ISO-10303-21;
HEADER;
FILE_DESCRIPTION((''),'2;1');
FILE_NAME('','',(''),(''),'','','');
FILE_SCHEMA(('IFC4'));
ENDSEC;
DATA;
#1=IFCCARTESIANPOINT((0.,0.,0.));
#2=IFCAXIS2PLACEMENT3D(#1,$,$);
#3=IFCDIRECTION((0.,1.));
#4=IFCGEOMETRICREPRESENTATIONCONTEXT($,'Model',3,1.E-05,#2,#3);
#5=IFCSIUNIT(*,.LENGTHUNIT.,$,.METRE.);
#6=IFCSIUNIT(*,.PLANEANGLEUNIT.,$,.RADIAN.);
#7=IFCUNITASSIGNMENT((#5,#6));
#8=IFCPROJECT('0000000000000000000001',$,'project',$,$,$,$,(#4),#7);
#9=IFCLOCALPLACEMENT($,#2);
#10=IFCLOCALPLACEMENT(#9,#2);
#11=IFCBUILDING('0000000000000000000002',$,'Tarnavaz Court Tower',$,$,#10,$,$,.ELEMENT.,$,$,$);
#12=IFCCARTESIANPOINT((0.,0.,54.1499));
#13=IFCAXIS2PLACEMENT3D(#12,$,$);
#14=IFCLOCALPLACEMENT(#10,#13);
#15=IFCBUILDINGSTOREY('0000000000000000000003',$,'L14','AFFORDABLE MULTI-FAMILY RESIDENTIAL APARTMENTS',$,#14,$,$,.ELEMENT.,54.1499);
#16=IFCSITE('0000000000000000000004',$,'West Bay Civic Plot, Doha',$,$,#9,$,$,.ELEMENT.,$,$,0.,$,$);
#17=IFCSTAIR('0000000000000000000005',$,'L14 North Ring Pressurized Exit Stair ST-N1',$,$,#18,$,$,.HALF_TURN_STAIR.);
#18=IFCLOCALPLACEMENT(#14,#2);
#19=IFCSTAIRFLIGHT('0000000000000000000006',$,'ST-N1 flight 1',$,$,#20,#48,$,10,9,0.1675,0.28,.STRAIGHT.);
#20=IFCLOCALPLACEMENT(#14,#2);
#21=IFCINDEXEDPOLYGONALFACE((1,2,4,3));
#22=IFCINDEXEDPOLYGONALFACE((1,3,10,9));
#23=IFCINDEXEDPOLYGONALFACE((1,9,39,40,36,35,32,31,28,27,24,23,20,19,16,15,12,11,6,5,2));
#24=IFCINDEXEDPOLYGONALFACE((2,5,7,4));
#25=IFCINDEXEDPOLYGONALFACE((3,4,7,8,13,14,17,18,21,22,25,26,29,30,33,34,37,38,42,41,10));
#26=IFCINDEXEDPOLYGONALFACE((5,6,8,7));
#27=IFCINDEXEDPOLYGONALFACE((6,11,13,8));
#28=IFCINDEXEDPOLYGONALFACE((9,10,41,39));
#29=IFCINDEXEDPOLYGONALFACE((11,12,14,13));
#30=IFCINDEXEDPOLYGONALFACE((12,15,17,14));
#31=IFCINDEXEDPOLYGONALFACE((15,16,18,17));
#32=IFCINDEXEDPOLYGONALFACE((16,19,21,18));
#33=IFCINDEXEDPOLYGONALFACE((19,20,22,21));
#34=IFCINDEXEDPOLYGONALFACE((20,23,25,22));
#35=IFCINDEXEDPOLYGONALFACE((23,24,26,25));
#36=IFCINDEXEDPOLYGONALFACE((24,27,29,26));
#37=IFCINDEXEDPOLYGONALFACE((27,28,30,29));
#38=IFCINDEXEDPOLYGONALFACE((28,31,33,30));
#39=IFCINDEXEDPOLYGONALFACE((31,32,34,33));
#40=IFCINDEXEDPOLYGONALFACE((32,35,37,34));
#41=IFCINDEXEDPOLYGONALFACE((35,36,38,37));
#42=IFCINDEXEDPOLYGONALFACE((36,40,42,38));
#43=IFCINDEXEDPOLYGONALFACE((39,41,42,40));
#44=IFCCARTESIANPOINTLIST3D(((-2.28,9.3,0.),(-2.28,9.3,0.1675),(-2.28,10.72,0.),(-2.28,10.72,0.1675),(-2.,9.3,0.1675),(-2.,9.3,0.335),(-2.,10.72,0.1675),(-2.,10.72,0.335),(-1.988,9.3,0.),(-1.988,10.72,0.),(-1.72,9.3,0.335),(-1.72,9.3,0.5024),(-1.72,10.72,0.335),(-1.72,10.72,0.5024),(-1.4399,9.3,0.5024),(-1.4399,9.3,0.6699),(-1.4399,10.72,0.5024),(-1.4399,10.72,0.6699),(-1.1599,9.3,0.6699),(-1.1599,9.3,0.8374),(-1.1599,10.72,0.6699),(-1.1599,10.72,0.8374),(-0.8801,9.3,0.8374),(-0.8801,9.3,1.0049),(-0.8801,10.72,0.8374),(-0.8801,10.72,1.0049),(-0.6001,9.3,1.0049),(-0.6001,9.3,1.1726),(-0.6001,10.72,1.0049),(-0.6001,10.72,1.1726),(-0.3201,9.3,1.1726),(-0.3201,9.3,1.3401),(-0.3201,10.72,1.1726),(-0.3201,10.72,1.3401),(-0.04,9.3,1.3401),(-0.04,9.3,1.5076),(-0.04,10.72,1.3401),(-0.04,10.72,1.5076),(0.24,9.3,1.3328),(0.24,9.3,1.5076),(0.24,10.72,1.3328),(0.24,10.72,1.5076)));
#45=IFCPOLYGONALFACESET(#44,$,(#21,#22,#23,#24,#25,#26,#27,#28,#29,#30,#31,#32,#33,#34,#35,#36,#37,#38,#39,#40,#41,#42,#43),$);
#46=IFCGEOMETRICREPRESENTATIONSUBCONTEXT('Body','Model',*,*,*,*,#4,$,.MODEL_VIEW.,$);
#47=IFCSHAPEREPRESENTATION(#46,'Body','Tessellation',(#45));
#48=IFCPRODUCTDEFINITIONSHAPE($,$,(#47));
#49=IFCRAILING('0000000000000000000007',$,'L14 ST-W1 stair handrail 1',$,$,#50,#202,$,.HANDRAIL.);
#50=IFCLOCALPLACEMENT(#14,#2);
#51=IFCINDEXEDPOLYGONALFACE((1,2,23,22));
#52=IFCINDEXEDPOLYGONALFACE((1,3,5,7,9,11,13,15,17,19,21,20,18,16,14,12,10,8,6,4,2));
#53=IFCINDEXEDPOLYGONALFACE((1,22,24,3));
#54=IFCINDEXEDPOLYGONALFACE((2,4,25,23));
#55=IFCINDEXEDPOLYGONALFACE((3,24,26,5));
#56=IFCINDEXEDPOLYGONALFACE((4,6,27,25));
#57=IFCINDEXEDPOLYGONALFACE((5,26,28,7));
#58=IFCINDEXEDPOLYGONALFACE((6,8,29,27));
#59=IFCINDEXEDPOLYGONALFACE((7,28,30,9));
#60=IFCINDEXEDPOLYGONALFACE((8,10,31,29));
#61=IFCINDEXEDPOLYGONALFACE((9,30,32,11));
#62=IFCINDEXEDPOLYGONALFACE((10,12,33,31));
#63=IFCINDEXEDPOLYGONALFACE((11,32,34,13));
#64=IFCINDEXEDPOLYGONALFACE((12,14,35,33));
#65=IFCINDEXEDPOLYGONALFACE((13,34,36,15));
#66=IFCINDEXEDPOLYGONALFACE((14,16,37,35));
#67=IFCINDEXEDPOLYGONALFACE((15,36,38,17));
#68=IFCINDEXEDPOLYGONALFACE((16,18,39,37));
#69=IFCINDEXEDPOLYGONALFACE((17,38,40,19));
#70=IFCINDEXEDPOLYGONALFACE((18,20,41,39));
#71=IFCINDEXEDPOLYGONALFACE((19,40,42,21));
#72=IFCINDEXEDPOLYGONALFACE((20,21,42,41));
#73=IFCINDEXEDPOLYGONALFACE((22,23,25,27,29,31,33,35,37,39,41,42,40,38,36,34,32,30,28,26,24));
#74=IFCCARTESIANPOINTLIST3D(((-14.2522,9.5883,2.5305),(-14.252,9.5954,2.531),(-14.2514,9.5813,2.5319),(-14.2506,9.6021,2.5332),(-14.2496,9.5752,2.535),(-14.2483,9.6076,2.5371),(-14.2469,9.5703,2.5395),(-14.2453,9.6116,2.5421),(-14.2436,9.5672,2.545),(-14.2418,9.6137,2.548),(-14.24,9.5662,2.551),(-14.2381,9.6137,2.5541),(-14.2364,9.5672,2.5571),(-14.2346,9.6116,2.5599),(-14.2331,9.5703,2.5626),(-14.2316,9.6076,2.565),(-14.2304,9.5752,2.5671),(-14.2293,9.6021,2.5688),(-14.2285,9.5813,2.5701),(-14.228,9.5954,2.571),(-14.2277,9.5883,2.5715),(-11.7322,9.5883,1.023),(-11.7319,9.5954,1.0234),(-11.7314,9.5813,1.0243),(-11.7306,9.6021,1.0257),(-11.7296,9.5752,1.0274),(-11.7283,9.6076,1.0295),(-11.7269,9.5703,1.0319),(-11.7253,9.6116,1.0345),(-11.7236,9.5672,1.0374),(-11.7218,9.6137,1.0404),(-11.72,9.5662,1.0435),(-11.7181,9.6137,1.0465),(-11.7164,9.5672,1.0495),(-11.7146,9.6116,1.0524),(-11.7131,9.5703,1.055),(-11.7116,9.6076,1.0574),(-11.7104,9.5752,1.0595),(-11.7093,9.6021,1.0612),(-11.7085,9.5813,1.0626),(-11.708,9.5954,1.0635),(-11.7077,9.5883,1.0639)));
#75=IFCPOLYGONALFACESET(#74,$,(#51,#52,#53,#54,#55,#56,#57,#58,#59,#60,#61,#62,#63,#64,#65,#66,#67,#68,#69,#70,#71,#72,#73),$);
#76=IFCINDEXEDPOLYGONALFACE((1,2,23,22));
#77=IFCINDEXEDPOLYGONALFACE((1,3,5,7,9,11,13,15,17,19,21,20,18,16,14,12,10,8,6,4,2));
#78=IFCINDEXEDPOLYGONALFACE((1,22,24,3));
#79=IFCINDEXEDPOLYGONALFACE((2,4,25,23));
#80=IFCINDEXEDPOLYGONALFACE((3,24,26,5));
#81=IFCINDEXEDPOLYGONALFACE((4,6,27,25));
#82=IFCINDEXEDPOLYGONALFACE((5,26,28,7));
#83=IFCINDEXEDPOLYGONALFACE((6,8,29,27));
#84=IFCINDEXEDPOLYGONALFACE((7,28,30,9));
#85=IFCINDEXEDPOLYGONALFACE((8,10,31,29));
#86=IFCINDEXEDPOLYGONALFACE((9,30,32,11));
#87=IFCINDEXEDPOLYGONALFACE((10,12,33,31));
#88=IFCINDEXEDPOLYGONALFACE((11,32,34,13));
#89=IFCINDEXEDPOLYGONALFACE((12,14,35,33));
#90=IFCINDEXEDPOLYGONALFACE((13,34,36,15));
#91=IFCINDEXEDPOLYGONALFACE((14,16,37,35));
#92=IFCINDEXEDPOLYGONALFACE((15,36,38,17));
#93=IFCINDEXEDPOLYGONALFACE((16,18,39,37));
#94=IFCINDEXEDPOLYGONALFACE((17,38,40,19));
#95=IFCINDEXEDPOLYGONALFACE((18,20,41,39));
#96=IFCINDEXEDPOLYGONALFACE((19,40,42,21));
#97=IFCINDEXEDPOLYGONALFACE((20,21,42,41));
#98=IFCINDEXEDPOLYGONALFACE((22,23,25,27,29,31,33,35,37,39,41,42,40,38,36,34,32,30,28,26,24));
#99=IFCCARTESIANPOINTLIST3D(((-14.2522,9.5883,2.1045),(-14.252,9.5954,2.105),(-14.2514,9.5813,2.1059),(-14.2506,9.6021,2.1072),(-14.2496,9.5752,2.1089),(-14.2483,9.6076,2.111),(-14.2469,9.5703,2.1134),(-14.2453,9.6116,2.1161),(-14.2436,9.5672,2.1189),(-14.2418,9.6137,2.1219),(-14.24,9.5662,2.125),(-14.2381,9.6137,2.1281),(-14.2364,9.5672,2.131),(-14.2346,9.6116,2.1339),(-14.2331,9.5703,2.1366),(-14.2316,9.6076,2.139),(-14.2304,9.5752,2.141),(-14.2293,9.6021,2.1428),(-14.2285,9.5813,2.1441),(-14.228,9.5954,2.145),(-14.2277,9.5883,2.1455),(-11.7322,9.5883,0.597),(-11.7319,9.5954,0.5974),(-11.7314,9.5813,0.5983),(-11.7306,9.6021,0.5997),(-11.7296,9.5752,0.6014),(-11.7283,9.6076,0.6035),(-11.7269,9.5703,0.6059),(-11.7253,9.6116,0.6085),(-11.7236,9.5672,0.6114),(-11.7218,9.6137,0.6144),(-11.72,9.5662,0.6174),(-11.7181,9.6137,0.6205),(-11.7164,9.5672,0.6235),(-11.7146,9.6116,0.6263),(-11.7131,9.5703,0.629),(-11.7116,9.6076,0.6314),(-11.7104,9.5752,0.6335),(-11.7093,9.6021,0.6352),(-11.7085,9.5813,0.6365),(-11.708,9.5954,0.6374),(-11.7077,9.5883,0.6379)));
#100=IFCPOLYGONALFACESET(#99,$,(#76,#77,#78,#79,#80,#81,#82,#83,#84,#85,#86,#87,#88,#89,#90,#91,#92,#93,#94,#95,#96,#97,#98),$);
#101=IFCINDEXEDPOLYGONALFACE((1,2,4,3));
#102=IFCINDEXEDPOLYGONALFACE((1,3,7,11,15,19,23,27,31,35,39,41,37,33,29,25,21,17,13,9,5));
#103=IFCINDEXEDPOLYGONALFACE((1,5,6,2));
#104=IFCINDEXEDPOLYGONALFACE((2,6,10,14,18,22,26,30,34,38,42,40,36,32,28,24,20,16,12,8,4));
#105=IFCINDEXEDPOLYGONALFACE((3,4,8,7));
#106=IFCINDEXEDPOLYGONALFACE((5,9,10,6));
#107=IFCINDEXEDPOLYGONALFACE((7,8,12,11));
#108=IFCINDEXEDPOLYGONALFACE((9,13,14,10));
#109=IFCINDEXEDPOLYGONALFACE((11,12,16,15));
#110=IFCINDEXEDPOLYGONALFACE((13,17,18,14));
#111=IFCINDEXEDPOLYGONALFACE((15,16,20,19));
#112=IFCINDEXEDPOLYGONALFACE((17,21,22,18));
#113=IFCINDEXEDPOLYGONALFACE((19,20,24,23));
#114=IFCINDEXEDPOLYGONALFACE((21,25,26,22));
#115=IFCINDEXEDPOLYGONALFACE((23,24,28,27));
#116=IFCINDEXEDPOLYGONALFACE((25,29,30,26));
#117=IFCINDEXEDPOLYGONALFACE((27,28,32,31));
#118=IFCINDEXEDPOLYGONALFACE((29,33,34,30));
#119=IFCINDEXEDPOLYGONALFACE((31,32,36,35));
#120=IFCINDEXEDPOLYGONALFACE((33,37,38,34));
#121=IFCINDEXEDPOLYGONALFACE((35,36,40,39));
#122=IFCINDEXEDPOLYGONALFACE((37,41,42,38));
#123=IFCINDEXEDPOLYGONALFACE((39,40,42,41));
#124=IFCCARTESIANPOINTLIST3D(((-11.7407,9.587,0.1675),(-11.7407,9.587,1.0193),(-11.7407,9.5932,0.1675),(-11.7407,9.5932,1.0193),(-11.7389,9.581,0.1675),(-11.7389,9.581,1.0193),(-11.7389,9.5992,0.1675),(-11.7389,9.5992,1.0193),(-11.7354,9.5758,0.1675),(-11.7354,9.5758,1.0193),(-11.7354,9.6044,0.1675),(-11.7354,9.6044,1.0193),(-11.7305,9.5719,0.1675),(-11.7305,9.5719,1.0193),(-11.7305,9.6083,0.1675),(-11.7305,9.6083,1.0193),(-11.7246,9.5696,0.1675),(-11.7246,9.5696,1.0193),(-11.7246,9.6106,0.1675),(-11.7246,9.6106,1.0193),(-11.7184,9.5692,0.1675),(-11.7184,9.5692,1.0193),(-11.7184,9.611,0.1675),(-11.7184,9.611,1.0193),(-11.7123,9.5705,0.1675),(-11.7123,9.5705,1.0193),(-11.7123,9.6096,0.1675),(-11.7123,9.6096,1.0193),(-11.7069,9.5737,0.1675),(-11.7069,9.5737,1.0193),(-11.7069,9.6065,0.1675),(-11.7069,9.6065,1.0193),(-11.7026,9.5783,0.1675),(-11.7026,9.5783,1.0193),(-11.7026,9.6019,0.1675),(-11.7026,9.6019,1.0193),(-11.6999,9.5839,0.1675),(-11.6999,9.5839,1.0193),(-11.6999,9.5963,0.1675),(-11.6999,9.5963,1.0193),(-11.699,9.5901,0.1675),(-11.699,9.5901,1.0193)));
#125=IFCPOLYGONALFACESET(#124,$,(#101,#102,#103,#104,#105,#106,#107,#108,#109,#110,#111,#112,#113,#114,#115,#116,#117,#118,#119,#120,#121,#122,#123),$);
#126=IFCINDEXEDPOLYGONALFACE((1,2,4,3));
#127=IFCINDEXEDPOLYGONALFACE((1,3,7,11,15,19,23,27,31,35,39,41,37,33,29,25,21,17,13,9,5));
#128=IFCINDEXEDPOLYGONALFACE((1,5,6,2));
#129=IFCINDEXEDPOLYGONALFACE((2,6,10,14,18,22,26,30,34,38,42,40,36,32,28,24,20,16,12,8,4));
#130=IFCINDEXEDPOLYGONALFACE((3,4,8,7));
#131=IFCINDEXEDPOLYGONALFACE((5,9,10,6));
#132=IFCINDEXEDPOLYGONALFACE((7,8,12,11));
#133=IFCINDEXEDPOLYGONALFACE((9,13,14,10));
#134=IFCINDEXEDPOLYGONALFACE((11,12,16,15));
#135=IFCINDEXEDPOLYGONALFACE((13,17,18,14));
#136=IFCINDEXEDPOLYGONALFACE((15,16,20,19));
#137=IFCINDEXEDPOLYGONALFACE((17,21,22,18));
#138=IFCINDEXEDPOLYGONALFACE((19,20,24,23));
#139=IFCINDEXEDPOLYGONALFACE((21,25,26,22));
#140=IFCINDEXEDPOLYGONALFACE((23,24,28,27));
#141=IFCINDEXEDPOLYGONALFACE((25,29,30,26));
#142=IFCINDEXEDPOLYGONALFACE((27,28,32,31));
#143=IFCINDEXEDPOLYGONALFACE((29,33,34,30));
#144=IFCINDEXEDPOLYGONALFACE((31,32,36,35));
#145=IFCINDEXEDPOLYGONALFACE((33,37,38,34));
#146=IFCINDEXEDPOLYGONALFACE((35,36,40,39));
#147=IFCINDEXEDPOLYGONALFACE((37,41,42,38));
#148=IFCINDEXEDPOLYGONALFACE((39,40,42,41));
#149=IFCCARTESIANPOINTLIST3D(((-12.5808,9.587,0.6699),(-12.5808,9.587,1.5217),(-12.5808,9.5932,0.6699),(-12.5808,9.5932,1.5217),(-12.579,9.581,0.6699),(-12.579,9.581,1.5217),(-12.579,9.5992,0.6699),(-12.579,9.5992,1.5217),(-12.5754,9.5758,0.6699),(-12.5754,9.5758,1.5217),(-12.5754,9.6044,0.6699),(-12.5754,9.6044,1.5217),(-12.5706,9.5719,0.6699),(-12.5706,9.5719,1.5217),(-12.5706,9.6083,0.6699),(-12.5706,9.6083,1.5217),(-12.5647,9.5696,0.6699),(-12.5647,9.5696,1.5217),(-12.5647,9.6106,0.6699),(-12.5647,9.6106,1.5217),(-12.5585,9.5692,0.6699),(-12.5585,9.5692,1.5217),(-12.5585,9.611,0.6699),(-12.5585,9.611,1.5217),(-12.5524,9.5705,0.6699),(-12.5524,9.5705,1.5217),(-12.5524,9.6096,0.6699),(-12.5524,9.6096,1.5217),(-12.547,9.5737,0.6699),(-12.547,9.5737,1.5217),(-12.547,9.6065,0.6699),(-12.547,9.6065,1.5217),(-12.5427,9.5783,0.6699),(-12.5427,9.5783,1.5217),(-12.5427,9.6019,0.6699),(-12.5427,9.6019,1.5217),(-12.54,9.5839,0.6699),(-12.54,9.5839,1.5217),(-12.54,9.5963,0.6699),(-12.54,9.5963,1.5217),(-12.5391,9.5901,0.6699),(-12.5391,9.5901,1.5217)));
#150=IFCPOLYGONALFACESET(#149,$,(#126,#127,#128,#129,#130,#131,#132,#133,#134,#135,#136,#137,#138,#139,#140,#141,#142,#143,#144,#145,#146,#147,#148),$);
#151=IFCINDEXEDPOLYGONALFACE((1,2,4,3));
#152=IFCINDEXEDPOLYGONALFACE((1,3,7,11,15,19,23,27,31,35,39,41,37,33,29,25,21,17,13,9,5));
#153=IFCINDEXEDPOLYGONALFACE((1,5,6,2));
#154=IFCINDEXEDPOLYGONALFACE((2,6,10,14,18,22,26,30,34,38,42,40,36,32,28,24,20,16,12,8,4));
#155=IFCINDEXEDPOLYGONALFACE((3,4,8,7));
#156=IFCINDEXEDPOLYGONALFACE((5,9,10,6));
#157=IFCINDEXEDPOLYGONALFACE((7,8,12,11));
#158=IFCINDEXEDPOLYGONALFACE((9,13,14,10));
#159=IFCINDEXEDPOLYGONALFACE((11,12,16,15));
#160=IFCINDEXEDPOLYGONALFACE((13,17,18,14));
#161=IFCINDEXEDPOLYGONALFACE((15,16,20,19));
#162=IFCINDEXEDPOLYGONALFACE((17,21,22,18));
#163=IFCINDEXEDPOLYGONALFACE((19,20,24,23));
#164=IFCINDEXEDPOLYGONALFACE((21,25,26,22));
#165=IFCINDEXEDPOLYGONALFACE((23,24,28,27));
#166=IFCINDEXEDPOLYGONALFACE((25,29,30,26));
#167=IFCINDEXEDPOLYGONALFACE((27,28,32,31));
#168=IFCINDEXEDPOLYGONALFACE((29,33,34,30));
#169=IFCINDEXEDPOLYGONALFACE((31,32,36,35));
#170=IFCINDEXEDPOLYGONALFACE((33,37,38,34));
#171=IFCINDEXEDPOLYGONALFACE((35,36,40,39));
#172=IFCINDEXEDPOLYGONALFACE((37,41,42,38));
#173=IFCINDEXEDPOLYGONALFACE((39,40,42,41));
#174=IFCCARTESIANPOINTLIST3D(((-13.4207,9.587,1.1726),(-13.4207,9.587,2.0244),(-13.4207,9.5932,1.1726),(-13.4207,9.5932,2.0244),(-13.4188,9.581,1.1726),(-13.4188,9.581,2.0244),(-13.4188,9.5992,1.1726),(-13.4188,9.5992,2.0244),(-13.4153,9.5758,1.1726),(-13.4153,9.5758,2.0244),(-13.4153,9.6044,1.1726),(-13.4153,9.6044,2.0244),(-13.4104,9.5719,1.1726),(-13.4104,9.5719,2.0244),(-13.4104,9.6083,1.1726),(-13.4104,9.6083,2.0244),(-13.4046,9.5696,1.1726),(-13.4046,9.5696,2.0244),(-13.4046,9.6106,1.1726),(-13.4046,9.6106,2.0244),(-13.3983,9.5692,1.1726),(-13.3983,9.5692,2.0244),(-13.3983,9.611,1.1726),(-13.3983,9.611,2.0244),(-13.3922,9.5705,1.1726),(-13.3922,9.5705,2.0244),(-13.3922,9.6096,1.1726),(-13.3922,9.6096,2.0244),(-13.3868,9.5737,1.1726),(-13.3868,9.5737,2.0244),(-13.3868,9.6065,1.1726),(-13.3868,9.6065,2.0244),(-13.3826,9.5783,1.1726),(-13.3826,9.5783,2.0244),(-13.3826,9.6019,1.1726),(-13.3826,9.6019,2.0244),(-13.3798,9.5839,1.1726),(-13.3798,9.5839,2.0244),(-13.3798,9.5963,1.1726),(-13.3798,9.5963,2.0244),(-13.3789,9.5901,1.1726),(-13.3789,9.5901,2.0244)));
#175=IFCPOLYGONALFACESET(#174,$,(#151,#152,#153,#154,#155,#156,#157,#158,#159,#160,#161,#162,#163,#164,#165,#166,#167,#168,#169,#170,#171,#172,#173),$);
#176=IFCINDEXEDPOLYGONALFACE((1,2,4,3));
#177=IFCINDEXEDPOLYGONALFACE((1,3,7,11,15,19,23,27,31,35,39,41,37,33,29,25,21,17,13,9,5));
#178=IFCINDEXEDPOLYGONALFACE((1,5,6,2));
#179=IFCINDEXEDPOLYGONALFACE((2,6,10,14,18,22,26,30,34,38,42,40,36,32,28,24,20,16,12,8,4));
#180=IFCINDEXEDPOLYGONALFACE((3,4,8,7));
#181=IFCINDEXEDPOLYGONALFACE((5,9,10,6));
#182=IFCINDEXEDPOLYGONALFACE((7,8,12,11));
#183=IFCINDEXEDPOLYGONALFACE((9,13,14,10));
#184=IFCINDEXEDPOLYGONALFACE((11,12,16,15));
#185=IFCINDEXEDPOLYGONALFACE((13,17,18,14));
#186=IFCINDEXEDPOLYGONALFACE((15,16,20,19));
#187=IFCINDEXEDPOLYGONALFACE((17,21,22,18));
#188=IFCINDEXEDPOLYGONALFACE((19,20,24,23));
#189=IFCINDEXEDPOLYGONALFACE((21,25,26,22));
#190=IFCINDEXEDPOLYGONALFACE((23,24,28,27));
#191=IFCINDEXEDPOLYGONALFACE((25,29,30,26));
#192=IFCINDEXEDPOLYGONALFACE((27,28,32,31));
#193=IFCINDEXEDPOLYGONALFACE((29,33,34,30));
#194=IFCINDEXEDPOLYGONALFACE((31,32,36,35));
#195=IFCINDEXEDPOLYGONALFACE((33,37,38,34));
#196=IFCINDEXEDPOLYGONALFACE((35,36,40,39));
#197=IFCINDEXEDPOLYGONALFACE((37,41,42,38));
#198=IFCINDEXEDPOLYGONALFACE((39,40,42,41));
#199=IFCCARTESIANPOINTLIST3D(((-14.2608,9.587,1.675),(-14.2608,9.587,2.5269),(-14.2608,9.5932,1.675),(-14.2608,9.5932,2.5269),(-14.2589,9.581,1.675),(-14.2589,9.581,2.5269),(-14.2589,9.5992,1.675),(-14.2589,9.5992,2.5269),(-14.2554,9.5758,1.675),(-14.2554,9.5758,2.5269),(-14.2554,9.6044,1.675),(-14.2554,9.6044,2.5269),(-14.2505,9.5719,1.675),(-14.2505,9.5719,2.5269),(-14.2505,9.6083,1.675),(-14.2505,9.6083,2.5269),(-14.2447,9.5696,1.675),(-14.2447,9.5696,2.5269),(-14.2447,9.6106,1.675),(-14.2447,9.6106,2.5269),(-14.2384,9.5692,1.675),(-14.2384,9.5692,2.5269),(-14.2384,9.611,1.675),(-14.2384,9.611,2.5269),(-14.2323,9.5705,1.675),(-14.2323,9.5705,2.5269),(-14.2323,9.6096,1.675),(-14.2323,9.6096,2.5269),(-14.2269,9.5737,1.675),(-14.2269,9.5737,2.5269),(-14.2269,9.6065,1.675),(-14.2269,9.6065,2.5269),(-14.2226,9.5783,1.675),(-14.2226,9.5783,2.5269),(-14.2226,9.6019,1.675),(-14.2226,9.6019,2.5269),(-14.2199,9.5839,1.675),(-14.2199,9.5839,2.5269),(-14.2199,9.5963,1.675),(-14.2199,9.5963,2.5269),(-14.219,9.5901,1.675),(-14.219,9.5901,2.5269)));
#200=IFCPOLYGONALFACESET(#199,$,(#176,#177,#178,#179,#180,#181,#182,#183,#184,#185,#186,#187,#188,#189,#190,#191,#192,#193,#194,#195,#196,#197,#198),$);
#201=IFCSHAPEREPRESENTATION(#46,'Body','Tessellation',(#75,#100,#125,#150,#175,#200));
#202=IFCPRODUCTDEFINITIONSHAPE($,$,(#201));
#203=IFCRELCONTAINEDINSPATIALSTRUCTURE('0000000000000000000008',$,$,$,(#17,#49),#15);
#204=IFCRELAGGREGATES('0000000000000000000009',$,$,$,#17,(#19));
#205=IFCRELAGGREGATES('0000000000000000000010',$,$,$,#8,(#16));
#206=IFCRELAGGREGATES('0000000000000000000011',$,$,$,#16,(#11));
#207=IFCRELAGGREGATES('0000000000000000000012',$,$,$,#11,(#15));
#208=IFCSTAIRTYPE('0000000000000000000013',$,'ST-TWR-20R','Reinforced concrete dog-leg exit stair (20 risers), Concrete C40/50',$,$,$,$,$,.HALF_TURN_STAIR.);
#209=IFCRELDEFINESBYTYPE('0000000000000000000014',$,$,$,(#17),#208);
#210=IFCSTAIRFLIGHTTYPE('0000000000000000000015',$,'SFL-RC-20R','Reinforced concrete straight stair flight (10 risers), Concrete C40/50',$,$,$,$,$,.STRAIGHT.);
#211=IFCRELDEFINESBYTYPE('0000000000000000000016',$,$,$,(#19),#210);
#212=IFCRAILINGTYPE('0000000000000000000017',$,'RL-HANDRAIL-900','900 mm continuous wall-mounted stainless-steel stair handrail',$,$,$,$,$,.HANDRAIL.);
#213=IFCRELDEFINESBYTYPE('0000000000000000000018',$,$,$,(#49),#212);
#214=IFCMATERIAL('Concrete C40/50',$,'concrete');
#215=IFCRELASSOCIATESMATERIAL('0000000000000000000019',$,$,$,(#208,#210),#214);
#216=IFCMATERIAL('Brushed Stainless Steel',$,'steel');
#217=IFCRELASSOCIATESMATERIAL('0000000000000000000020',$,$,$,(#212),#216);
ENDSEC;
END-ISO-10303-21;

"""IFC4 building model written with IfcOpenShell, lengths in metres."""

from ifc_helpers import new_model, si_unit, direction, frame, origin, origin_2d, place, context, subcontext, project, spatial, polyline, circle, outline, extrude, material, type_object, element, aggregate, save


model = new_model("IFC4")

# Units and contexts
model_context = context("Model", 3, precision=1e-05, world=origin(), true_north=direction((0.0, 1.0)))
body_context = subcontext(model_context, "Body", "Model", "MODEL_VIEW")
ifc_project = project(units=[si_unit("LENGTHUNIT", "METRE"), si_unit("PLANEANGLEUNIT", "RADIAN")], contexts=[model_context])

# Site, building, storey
site_placement = place(None, origin())
site = spatial("IfcSite", under=ifc_project, at=site_placement, Name="West Bay Civic Plot, Doha", CompositionType="ELEMENT", RefElevation=0.0)
building_placement = place(site_placement, origin())
building = spatial("IfcBuilding", under=site, at=building_placement, Name="Tarnavaz Court Tower", CompositionType="ELEMENT")
storey_placement = place(building_placement, frame((0.0, 0.0, 54.1499)))
storey = spatial("IfcBuildingStorey", under=building, at=storey_placement, Name="L14", Description="AFFORDABLE MULTI-FAMILY RESIDENTIAL APARTMENTS", CompositionType="ELEMENT", Elevation=54.1499)

# Shared definitions
ifc_material_1 = material(Name="Concrete C40/50", Category="concrete")
stair_type = type_object("IfcStairType", Name="ST-TWR-20R", Description="Reinforced concrete dog-leg exit stair (20 risers), Concrete C40/50", PredefinedType="HALF_TURN_STAIR", material=ifc_material_1)
stair_flight_type = type_object("IfcStairFlightType", Name="SFL-RC-20R", Description="Reinforced concrete straight stair flight (10 risers), Concrete C40/50", PredefinedType="STRAIGHT", material=ifc_material_1)

# Stair, stair flight
stair_1_placement = place(storey_placement, origin())
stair_1 = element("IfcStair", 1, at=stair_1_placement, inside=storey, type_object=stair_type, Name="L14 North Ring Pressurized Exit Stair ST-N1", PredefinedType="HALF_TURN_STAIR")
stair_flight_1_placement = place(storey_placement, frame((-2.28, 10.01, 0.0), z_axis=(0.0, 0.0, 1.0), x_axis=(1.0, 0.0, 0.0)))
stair_flight_1 = element("IfcStairFlight", 2, at=stair_flight_1_placement, type_object=stair_flight_type, Name="ST-N1 flight 1", NumberOfRisers=10, NumberOfTreads=9, PredefinedType="STRAIGHT", RiserHeight=0.1675, TreadLength=0.28, context=body_context, shape_type="SweptSolid", body=[
    extrude(outline(polyline([(0.0, 0.0), (0.0, 0.1675), (0.28, 0.1675), (0.28, 0.335), (0.5601, 0.335), (0.5601, 0.5024), (0.8401, 0.5024), (0.8401, 0.6699), (1.1201, 0.6699), (1.1201, 0.8374), (1.3999, 0.8374), (1.3999, 1.0049), (1.6799, 1.0049), (1.6799, 1.1726), (1.96, 1.1726), (1.96, 1.3401), (2.24, 1.3401), (2.24, 1.5076), (2.52, 1.5076), (2.52, 1.675), (2.52, 1.3328), (0.292, 0.0), (0.0, 0.0)])), frame((0.0, 0.71, 0.0), z_axis=(0.0, -1.0, 0.0), x_axis=(1.0, 0.0, 0.0)), (0.0, 0.0, 1.0), 1.4199),
])
aggregate(stair_1, [stair_flight_1])

# Railing
ifc_material_2 = material(Name="Brushed Stainless Steel", Category="steel")
railing_type_1 = type_object("IfcRailingType", Name="RL-HANDRAIL-900", Description="900 mm continuous wall-mounted stainless-steel stair handrail", PredefinedType="HANDRAIL", material=ifc_material_2)
railing_1_placement = place(storey_placement, frame((-11.72, 9.5901, 0.1675)))
element("IfcRailing", 3, at=railing_1_placement, inside=storey, type_object=railing_type_1, Name="L14 ST-W1 stair handrail 1", PredefinedType="HANDRAIL", context=body_context, shape_type="SweptSolid", body=[
    extrude(circle(Radius=0.0239, at=origin_2d()), frame((0.0, 0.0, 0.876), z_axis=(-0.85816, 0.0, 0.513383), x_axis=(0.0, -1.0, 0.0)), (0.0, 0.0, 1.0), 2.9365),
    extrude(circle(Radius=0.0239, at=origin_2d()), frame((0.0, 0.0, 0.45), z_axis=(-0.85816, 0.0, 0.513383), x_axis=(0.0, -1.0, 0.0)), (0.0, 0.0, 1.0), 2.9365),
    extrude(circle(Radius=0.021, at=origin_2d()), origin(), (0.0, 0.0, 1.0), 0.8518),
    extrude(circle(Radius=0.021, at=origin_2d()), frame((-0.8401, 0.0, 0.5024)), (0.0, 0.0, 1.0), 0.8518),
    extrude(circle(Radius=0.021, at=origin_2d()), frame((-1.6799, 0.0, 1.0051)), (0.0, 0.0, 1.0), 0.8518),
    extrude(circle(Radius=0.021, at=origin_2d()), frame((-2.52, 0.0, 1.5076)), (0.0, 0.0, 1.0), 0.8518),
])

save(model, "model.ifc")
